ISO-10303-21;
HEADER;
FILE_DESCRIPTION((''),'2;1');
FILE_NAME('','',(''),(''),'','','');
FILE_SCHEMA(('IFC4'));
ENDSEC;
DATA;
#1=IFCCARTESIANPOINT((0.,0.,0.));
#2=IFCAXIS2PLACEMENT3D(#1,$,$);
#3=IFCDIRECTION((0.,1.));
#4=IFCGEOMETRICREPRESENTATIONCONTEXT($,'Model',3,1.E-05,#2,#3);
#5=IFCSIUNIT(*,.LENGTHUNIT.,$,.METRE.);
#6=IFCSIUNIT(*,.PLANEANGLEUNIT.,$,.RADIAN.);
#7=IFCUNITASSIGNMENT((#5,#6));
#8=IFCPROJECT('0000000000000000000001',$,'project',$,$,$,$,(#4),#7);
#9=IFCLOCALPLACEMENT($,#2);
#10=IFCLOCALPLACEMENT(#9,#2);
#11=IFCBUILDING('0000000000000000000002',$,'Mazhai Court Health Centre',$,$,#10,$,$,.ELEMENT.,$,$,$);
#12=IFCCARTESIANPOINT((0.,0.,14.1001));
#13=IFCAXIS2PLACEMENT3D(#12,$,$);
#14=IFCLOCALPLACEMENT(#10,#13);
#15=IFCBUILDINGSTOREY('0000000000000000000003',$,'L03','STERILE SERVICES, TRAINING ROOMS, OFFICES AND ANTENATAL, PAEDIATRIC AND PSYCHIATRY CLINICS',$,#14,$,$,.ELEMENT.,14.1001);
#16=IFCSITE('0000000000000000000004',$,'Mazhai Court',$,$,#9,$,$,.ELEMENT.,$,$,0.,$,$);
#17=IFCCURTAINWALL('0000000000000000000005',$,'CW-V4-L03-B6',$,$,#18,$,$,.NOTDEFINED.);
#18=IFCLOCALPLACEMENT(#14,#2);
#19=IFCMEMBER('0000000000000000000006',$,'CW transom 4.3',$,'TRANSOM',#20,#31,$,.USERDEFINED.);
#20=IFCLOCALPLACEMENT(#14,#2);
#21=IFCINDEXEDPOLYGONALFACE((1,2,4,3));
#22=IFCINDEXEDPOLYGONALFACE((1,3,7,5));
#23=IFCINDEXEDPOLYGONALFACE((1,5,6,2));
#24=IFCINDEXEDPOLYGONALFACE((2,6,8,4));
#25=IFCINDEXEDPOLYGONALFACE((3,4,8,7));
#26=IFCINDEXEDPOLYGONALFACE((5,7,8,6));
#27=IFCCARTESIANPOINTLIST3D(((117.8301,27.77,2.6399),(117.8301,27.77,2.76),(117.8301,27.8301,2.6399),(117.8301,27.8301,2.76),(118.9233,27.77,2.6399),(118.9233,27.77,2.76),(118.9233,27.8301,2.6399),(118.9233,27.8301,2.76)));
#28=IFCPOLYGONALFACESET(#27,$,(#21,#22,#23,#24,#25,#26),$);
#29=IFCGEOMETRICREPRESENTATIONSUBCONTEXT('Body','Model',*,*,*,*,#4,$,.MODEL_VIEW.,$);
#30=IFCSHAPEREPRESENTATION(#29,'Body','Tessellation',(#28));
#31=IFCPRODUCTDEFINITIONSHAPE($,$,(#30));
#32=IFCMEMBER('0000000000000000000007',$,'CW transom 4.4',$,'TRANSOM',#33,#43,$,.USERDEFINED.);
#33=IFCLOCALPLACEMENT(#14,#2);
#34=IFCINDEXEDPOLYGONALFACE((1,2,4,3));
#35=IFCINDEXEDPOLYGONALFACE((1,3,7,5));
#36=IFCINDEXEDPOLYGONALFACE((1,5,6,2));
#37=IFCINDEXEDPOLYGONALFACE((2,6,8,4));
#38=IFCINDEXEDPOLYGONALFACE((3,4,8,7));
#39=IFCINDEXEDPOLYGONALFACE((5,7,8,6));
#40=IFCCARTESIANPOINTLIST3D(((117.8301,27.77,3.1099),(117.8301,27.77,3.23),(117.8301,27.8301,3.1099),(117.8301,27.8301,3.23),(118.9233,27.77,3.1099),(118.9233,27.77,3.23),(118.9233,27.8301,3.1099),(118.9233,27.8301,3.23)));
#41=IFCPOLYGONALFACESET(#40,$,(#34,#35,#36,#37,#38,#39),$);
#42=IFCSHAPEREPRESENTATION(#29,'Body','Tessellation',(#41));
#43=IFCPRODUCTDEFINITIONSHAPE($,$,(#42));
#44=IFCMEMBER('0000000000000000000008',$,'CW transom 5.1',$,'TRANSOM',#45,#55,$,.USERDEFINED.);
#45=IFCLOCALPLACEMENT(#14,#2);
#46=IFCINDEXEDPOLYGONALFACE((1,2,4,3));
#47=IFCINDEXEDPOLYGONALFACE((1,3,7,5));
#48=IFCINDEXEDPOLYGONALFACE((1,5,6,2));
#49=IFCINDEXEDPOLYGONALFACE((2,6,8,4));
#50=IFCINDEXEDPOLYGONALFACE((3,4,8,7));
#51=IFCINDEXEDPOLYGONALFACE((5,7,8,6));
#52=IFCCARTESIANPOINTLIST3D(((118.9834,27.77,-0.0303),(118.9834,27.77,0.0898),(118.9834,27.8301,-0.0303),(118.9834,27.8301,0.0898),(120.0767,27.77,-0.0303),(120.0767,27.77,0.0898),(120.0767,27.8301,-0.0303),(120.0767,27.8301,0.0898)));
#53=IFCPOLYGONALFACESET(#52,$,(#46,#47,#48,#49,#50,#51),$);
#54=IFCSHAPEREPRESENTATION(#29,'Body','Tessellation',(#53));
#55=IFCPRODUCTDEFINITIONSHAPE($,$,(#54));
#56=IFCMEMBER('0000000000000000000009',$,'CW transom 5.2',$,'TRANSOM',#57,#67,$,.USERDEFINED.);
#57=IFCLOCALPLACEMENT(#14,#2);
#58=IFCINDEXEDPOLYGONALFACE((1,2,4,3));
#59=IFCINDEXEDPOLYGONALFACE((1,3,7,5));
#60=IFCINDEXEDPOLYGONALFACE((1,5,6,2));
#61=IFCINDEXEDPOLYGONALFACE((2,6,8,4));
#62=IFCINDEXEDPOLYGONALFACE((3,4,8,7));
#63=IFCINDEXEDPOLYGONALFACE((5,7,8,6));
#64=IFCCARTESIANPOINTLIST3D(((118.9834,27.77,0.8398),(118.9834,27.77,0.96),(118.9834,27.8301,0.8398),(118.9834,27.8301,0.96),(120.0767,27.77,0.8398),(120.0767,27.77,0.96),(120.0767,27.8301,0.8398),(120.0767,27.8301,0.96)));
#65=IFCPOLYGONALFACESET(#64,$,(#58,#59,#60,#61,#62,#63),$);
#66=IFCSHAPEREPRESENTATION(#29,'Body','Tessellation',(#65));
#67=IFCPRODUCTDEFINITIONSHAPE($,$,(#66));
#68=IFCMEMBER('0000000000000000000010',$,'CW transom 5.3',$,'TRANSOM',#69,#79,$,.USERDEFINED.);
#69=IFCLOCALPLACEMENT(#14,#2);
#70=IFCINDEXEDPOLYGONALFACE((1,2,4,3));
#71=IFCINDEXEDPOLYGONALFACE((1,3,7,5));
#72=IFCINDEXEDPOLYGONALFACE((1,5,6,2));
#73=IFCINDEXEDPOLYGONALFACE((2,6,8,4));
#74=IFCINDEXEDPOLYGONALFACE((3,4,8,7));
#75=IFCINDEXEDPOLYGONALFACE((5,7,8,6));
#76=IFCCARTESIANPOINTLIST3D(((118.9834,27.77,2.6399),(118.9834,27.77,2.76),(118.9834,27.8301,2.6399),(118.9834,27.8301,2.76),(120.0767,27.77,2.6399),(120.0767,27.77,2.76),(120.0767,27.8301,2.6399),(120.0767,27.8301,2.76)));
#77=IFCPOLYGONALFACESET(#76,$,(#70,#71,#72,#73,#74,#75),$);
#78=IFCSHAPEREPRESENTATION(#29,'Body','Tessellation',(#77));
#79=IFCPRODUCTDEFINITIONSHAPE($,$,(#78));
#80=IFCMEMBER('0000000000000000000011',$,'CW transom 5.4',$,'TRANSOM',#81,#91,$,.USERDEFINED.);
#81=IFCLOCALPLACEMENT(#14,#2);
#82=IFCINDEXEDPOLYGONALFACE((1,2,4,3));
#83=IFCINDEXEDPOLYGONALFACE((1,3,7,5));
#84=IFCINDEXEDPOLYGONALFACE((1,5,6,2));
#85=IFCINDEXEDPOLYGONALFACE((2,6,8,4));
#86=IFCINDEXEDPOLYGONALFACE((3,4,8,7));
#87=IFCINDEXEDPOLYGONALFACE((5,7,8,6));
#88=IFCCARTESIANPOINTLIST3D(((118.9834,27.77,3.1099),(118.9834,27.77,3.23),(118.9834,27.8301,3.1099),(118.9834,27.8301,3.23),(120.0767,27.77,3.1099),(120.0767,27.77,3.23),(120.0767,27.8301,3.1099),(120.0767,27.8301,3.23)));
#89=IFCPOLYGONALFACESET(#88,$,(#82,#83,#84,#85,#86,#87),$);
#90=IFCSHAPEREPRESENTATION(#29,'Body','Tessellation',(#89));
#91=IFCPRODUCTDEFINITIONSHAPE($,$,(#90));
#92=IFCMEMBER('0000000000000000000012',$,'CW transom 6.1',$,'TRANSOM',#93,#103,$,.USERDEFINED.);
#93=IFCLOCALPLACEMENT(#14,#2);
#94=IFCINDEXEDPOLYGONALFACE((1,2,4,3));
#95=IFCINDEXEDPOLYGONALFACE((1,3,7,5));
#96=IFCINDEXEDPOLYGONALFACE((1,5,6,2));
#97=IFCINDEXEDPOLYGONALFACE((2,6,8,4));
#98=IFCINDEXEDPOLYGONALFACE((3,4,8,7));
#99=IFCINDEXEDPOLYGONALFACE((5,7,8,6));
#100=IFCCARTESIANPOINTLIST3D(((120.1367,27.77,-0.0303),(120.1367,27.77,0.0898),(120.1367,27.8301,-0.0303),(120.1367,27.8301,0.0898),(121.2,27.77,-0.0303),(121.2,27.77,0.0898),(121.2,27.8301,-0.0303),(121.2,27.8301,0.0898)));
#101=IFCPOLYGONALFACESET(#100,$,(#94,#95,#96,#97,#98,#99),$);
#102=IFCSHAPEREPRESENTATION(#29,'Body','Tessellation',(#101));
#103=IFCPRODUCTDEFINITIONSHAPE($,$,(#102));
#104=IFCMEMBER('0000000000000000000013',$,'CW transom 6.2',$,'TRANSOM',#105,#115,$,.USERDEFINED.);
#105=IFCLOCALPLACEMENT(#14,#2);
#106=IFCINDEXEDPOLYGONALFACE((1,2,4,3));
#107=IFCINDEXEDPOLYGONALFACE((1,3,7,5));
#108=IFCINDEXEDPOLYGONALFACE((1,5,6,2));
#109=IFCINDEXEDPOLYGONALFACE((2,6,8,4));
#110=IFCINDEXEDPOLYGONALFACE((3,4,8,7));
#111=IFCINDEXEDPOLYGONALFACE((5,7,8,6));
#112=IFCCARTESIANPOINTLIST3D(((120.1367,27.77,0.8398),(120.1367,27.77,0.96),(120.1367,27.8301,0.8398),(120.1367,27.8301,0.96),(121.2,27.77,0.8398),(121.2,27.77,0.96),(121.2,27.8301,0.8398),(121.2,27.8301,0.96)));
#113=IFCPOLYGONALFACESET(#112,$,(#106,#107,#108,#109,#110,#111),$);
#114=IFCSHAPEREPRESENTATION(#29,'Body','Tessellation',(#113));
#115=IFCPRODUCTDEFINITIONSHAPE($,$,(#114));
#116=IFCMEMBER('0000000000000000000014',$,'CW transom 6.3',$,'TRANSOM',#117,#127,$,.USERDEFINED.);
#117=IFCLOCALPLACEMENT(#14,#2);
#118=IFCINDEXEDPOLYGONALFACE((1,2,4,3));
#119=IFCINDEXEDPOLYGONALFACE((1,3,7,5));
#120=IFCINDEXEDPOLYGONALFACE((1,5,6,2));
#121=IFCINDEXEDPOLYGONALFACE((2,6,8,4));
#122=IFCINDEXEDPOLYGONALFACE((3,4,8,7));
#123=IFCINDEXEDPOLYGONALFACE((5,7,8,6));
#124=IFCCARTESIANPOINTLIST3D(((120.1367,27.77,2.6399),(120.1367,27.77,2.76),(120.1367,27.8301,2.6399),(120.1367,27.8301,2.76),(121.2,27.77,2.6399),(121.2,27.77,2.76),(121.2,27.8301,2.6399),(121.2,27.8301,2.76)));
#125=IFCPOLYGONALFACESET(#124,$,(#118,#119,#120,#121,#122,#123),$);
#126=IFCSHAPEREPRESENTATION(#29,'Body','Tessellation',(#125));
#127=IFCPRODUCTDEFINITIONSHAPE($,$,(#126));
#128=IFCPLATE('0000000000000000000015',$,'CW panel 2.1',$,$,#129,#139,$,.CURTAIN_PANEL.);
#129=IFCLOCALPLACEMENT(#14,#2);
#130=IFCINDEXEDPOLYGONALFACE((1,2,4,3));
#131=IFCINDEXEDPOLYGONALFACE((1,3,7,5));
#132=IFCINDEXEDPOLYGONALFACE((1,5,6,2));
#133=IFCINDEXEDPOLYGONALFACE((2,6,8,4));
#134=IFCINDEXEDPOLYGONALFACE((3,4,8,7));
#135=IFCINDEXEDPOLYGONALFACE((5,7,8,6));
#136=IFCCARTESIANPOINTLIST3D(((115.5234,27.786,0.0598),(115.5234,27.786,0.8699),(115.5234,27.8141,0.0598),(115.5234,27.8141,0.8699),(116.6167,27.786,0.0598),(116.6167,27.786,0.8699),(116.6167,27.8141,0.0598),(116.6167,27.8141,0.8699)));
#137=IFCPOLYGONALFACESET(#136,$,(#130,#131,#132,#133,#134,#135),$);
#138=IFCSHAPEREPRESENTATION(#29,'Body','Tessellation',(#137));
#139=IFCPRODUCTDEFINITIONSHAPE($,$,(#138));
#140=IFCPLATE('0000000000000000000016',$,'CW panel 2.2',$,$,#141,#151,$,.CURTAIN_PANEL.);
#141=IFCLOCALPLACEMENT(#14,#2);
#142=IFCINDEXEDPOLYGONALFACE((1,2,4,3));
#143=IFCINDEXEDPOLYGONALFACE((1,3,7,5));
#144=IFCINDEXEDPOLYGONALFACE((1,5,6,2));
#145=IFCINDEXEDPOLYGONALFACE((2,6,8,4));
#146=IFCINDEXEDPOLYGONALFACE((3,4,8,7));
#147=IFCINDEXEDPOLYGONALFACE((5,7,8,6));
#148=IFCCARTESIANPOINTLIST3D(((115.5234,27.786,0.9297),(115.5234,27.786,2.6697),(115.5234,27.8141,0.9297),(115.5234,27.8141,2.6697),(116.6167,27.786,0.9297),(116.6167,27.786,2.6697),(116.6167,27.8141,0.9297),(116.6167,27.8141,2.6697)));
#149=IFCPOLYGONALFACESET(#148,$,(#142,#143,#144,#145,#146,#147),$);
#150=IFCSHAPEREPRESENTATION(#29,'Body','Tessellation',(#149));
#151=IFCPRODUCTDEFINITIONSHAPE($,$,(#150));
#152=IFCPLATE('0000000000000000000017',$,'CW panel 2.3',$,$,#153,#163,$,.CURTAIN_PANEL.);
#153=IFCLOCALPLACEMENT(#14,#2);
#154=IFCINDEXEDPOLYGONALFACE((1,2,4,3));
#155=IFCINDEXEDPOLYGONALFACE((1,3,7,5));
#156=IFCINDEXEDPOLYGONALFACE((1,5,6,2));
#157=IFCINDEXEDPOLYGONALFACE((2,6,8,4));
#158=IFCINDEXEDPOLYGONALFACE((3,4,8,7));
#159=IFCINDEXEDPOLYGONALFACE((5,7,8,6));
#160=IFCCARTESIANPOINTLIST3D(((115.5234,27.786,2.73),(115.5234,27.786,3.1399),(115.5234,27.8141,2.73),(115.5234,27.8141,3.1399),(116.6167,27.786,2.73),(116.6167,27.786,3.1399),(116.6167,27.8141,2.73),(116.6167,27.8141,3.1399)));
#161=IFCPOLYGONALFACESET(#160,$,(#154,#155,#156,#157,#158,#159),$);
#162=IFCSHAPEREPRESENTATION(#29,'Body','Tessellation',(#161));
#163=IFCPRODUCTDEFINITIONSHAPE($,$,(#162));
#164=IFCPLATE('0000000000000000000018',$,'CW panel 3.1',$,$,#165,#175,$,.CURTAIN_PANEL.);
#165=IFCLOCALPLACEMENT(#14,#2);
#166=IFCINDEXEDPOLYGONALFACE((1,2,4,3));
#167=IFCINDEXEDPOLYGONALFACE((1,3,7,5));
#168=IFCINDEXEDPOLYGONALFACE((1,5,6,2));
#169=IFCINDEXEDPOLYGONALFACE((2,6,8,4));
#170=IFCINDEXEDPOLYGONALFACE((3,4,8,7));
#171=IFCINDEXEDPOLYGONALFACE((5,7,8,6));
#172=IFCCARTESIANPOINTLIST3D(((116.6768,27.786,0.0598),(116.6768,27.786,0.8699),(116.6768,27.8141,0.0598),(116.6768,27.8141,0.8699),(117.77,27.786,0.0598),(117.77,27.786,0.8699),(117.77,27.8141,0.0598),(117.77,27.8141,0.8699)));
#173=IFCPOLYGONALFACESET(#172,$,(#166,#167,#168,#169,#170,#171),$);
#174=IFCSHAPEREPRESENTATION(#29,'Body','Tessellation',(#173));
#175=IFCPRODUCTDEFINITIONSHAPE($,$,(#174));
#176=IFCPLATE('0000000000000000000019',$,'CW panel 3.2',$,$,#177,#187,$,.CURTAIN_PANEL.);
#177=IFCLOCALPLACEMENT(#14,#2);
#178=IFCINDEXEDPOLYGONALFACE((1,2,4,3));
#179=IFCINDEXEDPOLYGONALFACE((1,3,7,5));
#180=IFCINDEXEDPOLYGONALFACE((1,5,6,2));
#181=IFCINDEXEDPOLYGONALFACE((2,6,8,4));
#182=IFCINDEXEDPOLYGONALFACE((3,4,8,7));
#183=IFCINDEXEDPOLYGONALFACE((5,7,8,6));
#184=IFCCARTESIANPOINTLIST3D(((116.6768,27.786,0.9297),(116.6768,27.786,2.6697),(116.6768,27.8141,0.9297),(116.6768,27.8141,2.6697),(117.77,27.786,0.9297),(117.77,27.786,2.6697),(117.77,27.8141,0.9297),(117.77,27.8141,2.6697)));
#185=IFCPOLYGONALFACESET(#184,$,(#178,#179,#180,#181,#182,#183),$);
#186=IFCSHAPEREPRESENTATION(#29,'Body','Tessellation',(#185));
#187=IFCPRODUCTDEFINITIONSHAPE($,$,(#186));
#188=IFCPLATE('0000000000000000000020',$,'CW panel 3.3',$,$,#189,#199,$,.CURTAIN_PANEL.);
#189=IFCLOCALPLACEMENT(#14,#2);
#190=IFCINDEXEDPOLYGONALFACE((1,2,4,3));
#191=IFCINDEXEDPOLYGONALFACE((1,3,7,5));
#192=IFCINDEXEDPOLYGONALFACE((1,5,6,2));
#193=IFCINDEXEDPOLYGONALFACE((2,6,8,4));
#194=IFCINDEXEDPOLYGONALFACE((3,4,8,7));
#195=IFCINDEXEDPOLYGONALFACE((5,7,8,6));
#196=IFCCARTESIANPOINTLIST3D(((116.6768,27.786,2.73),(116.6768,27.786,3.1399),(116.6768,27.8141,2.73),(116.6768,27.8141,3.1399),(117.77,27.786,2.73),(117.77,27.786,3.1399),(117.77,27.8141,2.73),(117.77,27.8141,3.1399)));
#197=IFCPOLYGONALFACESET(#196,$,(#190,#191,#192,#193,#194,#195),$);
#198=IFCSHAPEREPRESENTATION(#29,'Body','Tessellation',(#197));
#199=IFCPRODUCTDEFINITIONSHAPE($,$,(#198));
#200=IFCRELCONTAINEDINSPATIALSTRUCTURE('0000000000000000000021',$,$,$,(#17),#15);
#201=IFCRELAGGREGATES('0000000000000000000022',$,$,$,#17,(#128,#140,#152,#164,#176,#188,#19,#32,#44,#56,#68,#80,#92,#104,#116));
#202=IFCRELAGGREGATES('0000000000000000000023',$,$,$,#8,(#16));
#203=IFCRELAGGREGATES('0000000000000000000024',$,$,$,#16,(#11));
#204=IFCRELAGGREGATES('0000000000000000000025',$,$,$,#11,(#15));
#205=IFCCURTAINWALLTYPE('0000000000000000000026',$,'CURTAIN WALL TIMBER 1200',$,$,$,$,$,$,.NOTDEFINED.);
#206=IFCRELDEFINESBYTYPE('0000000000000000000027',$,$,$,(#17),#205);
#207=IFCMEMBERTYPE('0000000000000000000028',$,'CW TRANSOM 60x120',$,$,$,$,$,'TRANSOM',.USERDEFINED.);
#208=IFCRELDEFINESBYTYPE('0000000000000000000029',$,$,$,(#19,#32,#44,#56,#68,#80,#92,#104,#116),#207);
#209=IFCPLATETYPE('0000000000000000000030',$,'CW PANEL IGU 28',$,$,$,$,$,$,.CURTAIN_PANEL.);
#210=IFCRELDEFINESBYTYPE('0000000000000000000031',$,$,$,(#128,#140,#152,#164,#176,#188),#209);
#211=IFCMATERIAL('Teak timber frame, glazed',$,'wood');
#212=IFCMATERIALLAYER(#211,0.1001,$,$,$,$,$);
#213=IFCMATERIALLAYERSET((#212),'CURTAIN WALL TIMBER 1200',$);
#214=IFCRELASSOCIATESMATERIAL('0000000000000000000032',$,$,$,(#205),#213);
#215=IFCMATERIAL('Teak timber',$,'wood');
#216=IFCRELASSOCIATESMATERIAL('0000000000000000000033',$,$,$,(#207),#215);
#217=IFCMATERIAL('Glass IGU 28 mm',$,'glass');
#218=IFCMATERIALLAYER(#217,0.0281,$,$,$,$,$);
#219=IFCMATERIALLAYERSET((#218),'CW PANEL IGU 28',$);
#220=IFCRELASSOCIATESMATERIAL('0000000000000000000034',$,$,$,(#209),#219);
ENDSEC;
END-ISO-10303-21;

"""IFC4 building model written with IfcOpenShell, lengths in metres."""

from ifc_helpers import new_model, si_unit, direction, frame, origin, origin_2d, place, context, subcontext, project, spatial, rectangle, extrude, material, layer, layer_set, material_profile, profile_set, type_object, element, aggregate, save


model = new_model("IFC4")

# Units and contexts
model_context = context("Model", 3, precision=1e-05, world=origin(), true_north=direction((0.0, 1.0)))
body_context = subcontext(model_context, "Body", "Model", "MODEL_VIEW")
ifc_project = project(units=[si_unit("LENGTHUNIT", "METRE"), si_unit("PLANEANGLEUNIT", "RADIAN")], contexts=[model_context])

# Site, building, storey
site_placement = place(None, origin())
site = spatial("IfcSite", under=ifc_project, at=site_placement, Name="Mazhai Court", CompositionType="ELEMENT", RefElevation=0.0)
building_placement = place(site_placement, origin())
building = spatial("IfcBuilding", under=site, at=building_placement, Name="Mazhai Court Health Centre", CompositionType="ELEMENT")
storey_placement = place(building_placement, frame((0.0, 0.0, 14.1001)))
storey = spatial("IfcBuildingStorey", under=building, at=storey_placement, Name="L03", Description="STERILE SERVICES, TRAINING ROOMS, OFFICES AND ANTENATAL, PAEDIATRIC AND PSYCHIATRY CLINICS", CompositionType="ELEMENT", Elevation=14.1001)

# Curtain wall, members, plates
ifc_material_1 = material(Name="Teak timber frame, glazed", Category="wood")
ifc_layer_1 = layer(ifc_material_1, 0.1001)
ifc_layer_set_1 = layer_set([ifc_layer_1], Name="CURTAIN WALL TIMBER 1200")
curtain_wall_type = type_object("IfcCurtainWallType", Name="CURTAIN WALL TIMBER 1200", PredefinedType="NOTDEFINED", material=ifc_layer_set_1)
curtain_wall_placement = place(storey_placement, origin())
curtain_wall = element("IfcCurtainWall", 1, at=curtain_wall_placement, inside=storey, type_object=curtain_wall_type, Name="CW-V4-L03-B6", PredefinedType="NOTDEFINED")
ifc_material_2 = material(Name="Teak timber", Category="wood")
ifc_material_profile_1 = material_profile(ifc_material_2, rectangle(XDim=0.0601, YDim=0.1201, at=origin_2d()), Name="CW TRANSOM 60x120")
ifc_profile_set_1 = profile_set([ifc_material_profile_1], Name="Teak timber")
member_type_1 = type_object("IfcMemberType", Name="CW TRANSOM 60x120", ElementType="TRANSOM", PredefinedType="USERDEFINED", material=ifc_profile_set_1)
member_1_placement = place(storey_placement, frame((117.8301, 27.8, 2.7), z_axis=(1.0, 0.0, 0.0), x_axis=(0.0, 1.0, 0.0)))
member_1 = element("IfcMember", 2, at=member_1_placement, type_object=member_type_1, Name="CW transom 4.3", ObjectType="TRANSOM", PredefinedType="USERDEFINED", context=body_context, shape_type="SweptSolid", body=[
    extrude(rectangle(XDim=0.0601, YDim=0.1201, at=origin_2d()), origin(), (0.0, 0.0, 1.0), 1.0933),
])
member_2_placement = place(storey_placement, frame((117.8301, 27.8, 3.1699), z_axis=(1.0, 0.0, 0.0), x_axis=(0.0, 1.0, 0.0)))
member_2 = element("IfcMember", 3, at=member_2_placement, type_object=member_type_1, Name="CW transom 4.4", ObjectType="TRANSOM", PredefinedType="USERDEFINED", context=body_context, shape_type="SweptSolid", body=[
    extrude(rectangle(XDim=0.0601, YDim=0.1201, at=origin_2d()), origin(), (0.0, 0.0, 1.0), 1.0933),
])
member_3_placement = place(storey_placement, frame((118.9834, 27.8, 0.0298), z_axis=(1.0, 0.0, 0.0), x_axis=(0.0, 1.0, 0.0)))
member_3 = element("IfcMember", 4, at=member_3_placement, type_object=member_type_1, Name="CW transom 5.1", ObjectType="TRANSOM", PredefinedType="USERDEFINED", context=body_context, shape_type="SweptSolid", body=[
    extrude(rectangle(XDim=0.0601, YDim=0.1201, at=origin_2d()), origin(), (0.0, 0.0, 1.0), 1.0933),
])
member_4_placement = place(storey_placement, frame((118.9834, 27.8, 0.8999), z_axis=(1.0, 0.0, 0.0), x_axis=(0.0, 1.0, 0.0)))
member_4 = element("IfcMember", 5, at=member_4_placement, type_object=member_type_1, Name="CW transom 5.2", ObjectType="TRANSOM", PredefinedType="USERDEFINED", context=body_context, shape_type="SweptSolid", body=[
    extrude(rectangle(XDim=0.0601, YDim=0.1201, at=origin_2d()), origin(), (0.0, 0.0, 1.0), 1.0933),
])
member_5_placement = place(storey_placement, frame((118.9834, 27.8, 2.7), z_axis=(1.0, 0.0, 0.0), x_axis=(0.0, 1.0, 0.0)))
member_5 = element("IfcMember", 6, at=member_5_placement, type_object=member_type_1, Name="CW transom 5.3", ObjectType="TRANSOM", PredefinedType="USERDEFINED", context=body_context, shape_type="SweptSolid", body=[
    extrude(rectangle(XDim=0.0601, YDim=0.1201, at=origin_2d()), origin(), (0.0, 0.0, 1.0), 1.0933),
])
member_6_placement = place(storey_placement, frame((118.9834, 27.8, 3.1699), z_axis=(1.0, 0.0, 0.0), x_axis=(0.0, 1.0, 0.0)))
member_6 = element("IfcMember", 7, at=member_6_placement, type_object=member_type_1, Name="CW transom 5.4", ObjectType="TRANSOM", PredefinedType="USERDEFINED", context=body_context, shape_type="SweptSolid", body=[
    extrude(rectangle(XDim=0.0601, YDim=0.1201, at=origin_2d()), origin(), (0.0, 0.0, 1.0), 1.0933),
])
member_7_placement = place(storey_placement, frame((120.1367, 27.8, 0.0298), z_axis=(1.0, 0.0, 0.0), x_axis=(0.0, 1.0, 0.0)))
member_7 = element("IfcMember", 8, at=member_7_placement, type_object=member_type_1, Name="CW transom 6.1", ObjectType="TRANSOM", PredefinedType="USERDEFINED", context=body_context, shape_type="SweptSolid", body=[
    extrude(rectangle(XDim=0.0601, YDim=0.1201, at=origin_2d()), origin(), (0.0, 0.0, 1.0), 1.0632),
])
member_8_placement = place(storey_placement, frame((120.1367, 27.8, 0.8999), z_axis=(1.0, 0.0, 0.0), x_axis=(0.0, 1.0, 0.0)))
member_8 = element("IfcMember", 9, at=member_8_placement, type_object=member_type_1, Name="CW transom 6.2", ObjectType="TRANSOM", PredefinedType="USERDEFINED", context=body_context, shape_type="SweptSolid", body=[
    extrude(rectangle(XDim=0.0601, YDim=0.1201, at=origin_2d()), origin(), (0.0, 0.0, 1.0), 1.0632),
])
member_9_placement = place(storey_placement, frame((120.1367, 27.8, 2.7), z_axis=(1.0, 0.0, 0.0), x_axis=(0.0, 1.0, 0.0)))
member_9 = element("IfcMember", 10, at=member_9_placement, type_object=member_type_1, Name="CW transom 6.3", ObjectType="TRANSOM", PredefinedType="USERDEFINED", context=body_context, shape_type="SweptSolid", body=[
    extrude(rectangle(XDim=0.0601, YDim=0.1201, at=origin_2d()), origin(), (0.0, 0.0, 1.0), 1.0632),
])
ifc_material_3 = material(Name="Glass IGU 28 mm", Category="glass")
ifc_layer_2 = layer(ifc_material_3, 0.0281)
ifc_layer_set_2 = layer_set([ifc_layer_2], Name="CW PANEL IGU 28")
plate_type = type_object("IfcPlateType", Name="CW PANEL IGU 28", PredefinedType="CURTAIN_PANEL", material=ifc_layer_set_2)
plate_1_placement = place(storey_placement, frame((116.0701, 27.8, 0.0598), z_axis=(0.0, 0.0, 1.0), x_axis=(1.0, 0.0, 0.0)))
plate_1 = element("IfcPlate", 11, at=plate_1_placement, type_object=plate_type, Name="CW panel 2.1", PredefinedType="CURTAIN_PANEL", context=body_context, shape_type="SweptSolid", body=[
    extrude(rectangle(XDim=1.0933, YDim=0.0281, at=origin_2d()), origin(), (0.0, 0.0, 1.0), 0.8101),
])
plate_2_placement = place(storey_placement, frame((116.0701, 27.8, 0.9297), z_axis=(0.0, 0.0, 1.0), x_axis=(1.0, 0.0, 0.0)))
plate_2 = element("IfcPlate", 12, at=plate_2_placement, type_object=plate_type, Name="CW panel 2.2", PredefinedType="CURTAIN_PANEL", context=body_context, shape_type="SweptSolid", body=[
    extrude(rectangle(XDim=1.0933, YDim=0.0281, at=origin_2d()), origin(), (0.0, 0.0, 1.0), 1.74),
])
plate_3_placement = place(storey_placement, frame((116.0701, 27.8, 2.73), z_axis=(0.0, 0.0, 1.0), x_axis=(1.0, 0.0, 0.0)))
plate_3 = element("IfcPlate", 13, at=plate_3_placement, type_object=plate_type, Name="CW panel 2.3", PredefinedType="CURTAIN_PANEL", context=body_context, shape_type="SweptSolid", body=[
    extrude(rectangle(XDim=1.0933, YDim=0.0281, at=origin_2d()), origin(), (0.0, 0.0, 1.0), 0.4099),
])
plate_4_placement = place(storey_placement, frame((117.2234, 27.8, 0.0598), z_axis=(0.0, 0.0, 1.0), x_axis=(1.0, 0.0, 0.0)))
plate_4 = element("IfcPlate", 14, at=plate_4_placement, type_object=plate_type, Name="CW panel 3.1", PredefinedType="CURTAIN_PANEL", context=body_context, shape_type="SweptSolid", body=[
    extrude(rectangle(XDim=1.0933, YDim=0.0281, at=origin_2d()), origin(), (0.0, 0.0, 1.0), 0.8101),
])
plate_5_placement = place(storey_placement, frame((117.2234, 27.8, 0.9297), z_axis=(0.0, 0.0, 1.0), x_axis=(1.0, 0.0, 0.0)))
plate_5 = element("IfcPlate", 15, at=plate_5_placement, type_object=plate_type, Name="CW panel 3.2", PredefinedType="CURTAIN_PANEL", context=body_context, shape_type="SweptSolid", body=[
    extrude(rectangle(XDim=1.0933, YDim=0.0281, at=origin_2d()), origin(), (0.0, 0.0, 1.0), 1.74),
])
plate_6_placement = place(storey_placement, frame((117.2234, 27.8, 2.73), z_axis=(0.0, 0.0, 1.0), x_axis=(1.0, 0.0, 0.0)))
plate_6 = element("IfcPlate", 16, at=plate_6_placement, type_object=plate_type, Name="CW panel 3.3", PredefinedType="CURTAIN_PANEL", context=body_context, shape_type="SweptSolid", body=[
    extrude(rectangle(XDim=1.0933, YDim=0.0281, at=origin_2d()), origin(), (0.0, 0.0, 1.0), 0.4099),
])
aggregate(curtain_wall, [plate_1, plate_2, plate_3, plate_4, plate_5, plate_6, member_1, member_2, member_3, member_4, member_5, member_6, member_7, member_8, member_9])

save(model, "model.ifc")
